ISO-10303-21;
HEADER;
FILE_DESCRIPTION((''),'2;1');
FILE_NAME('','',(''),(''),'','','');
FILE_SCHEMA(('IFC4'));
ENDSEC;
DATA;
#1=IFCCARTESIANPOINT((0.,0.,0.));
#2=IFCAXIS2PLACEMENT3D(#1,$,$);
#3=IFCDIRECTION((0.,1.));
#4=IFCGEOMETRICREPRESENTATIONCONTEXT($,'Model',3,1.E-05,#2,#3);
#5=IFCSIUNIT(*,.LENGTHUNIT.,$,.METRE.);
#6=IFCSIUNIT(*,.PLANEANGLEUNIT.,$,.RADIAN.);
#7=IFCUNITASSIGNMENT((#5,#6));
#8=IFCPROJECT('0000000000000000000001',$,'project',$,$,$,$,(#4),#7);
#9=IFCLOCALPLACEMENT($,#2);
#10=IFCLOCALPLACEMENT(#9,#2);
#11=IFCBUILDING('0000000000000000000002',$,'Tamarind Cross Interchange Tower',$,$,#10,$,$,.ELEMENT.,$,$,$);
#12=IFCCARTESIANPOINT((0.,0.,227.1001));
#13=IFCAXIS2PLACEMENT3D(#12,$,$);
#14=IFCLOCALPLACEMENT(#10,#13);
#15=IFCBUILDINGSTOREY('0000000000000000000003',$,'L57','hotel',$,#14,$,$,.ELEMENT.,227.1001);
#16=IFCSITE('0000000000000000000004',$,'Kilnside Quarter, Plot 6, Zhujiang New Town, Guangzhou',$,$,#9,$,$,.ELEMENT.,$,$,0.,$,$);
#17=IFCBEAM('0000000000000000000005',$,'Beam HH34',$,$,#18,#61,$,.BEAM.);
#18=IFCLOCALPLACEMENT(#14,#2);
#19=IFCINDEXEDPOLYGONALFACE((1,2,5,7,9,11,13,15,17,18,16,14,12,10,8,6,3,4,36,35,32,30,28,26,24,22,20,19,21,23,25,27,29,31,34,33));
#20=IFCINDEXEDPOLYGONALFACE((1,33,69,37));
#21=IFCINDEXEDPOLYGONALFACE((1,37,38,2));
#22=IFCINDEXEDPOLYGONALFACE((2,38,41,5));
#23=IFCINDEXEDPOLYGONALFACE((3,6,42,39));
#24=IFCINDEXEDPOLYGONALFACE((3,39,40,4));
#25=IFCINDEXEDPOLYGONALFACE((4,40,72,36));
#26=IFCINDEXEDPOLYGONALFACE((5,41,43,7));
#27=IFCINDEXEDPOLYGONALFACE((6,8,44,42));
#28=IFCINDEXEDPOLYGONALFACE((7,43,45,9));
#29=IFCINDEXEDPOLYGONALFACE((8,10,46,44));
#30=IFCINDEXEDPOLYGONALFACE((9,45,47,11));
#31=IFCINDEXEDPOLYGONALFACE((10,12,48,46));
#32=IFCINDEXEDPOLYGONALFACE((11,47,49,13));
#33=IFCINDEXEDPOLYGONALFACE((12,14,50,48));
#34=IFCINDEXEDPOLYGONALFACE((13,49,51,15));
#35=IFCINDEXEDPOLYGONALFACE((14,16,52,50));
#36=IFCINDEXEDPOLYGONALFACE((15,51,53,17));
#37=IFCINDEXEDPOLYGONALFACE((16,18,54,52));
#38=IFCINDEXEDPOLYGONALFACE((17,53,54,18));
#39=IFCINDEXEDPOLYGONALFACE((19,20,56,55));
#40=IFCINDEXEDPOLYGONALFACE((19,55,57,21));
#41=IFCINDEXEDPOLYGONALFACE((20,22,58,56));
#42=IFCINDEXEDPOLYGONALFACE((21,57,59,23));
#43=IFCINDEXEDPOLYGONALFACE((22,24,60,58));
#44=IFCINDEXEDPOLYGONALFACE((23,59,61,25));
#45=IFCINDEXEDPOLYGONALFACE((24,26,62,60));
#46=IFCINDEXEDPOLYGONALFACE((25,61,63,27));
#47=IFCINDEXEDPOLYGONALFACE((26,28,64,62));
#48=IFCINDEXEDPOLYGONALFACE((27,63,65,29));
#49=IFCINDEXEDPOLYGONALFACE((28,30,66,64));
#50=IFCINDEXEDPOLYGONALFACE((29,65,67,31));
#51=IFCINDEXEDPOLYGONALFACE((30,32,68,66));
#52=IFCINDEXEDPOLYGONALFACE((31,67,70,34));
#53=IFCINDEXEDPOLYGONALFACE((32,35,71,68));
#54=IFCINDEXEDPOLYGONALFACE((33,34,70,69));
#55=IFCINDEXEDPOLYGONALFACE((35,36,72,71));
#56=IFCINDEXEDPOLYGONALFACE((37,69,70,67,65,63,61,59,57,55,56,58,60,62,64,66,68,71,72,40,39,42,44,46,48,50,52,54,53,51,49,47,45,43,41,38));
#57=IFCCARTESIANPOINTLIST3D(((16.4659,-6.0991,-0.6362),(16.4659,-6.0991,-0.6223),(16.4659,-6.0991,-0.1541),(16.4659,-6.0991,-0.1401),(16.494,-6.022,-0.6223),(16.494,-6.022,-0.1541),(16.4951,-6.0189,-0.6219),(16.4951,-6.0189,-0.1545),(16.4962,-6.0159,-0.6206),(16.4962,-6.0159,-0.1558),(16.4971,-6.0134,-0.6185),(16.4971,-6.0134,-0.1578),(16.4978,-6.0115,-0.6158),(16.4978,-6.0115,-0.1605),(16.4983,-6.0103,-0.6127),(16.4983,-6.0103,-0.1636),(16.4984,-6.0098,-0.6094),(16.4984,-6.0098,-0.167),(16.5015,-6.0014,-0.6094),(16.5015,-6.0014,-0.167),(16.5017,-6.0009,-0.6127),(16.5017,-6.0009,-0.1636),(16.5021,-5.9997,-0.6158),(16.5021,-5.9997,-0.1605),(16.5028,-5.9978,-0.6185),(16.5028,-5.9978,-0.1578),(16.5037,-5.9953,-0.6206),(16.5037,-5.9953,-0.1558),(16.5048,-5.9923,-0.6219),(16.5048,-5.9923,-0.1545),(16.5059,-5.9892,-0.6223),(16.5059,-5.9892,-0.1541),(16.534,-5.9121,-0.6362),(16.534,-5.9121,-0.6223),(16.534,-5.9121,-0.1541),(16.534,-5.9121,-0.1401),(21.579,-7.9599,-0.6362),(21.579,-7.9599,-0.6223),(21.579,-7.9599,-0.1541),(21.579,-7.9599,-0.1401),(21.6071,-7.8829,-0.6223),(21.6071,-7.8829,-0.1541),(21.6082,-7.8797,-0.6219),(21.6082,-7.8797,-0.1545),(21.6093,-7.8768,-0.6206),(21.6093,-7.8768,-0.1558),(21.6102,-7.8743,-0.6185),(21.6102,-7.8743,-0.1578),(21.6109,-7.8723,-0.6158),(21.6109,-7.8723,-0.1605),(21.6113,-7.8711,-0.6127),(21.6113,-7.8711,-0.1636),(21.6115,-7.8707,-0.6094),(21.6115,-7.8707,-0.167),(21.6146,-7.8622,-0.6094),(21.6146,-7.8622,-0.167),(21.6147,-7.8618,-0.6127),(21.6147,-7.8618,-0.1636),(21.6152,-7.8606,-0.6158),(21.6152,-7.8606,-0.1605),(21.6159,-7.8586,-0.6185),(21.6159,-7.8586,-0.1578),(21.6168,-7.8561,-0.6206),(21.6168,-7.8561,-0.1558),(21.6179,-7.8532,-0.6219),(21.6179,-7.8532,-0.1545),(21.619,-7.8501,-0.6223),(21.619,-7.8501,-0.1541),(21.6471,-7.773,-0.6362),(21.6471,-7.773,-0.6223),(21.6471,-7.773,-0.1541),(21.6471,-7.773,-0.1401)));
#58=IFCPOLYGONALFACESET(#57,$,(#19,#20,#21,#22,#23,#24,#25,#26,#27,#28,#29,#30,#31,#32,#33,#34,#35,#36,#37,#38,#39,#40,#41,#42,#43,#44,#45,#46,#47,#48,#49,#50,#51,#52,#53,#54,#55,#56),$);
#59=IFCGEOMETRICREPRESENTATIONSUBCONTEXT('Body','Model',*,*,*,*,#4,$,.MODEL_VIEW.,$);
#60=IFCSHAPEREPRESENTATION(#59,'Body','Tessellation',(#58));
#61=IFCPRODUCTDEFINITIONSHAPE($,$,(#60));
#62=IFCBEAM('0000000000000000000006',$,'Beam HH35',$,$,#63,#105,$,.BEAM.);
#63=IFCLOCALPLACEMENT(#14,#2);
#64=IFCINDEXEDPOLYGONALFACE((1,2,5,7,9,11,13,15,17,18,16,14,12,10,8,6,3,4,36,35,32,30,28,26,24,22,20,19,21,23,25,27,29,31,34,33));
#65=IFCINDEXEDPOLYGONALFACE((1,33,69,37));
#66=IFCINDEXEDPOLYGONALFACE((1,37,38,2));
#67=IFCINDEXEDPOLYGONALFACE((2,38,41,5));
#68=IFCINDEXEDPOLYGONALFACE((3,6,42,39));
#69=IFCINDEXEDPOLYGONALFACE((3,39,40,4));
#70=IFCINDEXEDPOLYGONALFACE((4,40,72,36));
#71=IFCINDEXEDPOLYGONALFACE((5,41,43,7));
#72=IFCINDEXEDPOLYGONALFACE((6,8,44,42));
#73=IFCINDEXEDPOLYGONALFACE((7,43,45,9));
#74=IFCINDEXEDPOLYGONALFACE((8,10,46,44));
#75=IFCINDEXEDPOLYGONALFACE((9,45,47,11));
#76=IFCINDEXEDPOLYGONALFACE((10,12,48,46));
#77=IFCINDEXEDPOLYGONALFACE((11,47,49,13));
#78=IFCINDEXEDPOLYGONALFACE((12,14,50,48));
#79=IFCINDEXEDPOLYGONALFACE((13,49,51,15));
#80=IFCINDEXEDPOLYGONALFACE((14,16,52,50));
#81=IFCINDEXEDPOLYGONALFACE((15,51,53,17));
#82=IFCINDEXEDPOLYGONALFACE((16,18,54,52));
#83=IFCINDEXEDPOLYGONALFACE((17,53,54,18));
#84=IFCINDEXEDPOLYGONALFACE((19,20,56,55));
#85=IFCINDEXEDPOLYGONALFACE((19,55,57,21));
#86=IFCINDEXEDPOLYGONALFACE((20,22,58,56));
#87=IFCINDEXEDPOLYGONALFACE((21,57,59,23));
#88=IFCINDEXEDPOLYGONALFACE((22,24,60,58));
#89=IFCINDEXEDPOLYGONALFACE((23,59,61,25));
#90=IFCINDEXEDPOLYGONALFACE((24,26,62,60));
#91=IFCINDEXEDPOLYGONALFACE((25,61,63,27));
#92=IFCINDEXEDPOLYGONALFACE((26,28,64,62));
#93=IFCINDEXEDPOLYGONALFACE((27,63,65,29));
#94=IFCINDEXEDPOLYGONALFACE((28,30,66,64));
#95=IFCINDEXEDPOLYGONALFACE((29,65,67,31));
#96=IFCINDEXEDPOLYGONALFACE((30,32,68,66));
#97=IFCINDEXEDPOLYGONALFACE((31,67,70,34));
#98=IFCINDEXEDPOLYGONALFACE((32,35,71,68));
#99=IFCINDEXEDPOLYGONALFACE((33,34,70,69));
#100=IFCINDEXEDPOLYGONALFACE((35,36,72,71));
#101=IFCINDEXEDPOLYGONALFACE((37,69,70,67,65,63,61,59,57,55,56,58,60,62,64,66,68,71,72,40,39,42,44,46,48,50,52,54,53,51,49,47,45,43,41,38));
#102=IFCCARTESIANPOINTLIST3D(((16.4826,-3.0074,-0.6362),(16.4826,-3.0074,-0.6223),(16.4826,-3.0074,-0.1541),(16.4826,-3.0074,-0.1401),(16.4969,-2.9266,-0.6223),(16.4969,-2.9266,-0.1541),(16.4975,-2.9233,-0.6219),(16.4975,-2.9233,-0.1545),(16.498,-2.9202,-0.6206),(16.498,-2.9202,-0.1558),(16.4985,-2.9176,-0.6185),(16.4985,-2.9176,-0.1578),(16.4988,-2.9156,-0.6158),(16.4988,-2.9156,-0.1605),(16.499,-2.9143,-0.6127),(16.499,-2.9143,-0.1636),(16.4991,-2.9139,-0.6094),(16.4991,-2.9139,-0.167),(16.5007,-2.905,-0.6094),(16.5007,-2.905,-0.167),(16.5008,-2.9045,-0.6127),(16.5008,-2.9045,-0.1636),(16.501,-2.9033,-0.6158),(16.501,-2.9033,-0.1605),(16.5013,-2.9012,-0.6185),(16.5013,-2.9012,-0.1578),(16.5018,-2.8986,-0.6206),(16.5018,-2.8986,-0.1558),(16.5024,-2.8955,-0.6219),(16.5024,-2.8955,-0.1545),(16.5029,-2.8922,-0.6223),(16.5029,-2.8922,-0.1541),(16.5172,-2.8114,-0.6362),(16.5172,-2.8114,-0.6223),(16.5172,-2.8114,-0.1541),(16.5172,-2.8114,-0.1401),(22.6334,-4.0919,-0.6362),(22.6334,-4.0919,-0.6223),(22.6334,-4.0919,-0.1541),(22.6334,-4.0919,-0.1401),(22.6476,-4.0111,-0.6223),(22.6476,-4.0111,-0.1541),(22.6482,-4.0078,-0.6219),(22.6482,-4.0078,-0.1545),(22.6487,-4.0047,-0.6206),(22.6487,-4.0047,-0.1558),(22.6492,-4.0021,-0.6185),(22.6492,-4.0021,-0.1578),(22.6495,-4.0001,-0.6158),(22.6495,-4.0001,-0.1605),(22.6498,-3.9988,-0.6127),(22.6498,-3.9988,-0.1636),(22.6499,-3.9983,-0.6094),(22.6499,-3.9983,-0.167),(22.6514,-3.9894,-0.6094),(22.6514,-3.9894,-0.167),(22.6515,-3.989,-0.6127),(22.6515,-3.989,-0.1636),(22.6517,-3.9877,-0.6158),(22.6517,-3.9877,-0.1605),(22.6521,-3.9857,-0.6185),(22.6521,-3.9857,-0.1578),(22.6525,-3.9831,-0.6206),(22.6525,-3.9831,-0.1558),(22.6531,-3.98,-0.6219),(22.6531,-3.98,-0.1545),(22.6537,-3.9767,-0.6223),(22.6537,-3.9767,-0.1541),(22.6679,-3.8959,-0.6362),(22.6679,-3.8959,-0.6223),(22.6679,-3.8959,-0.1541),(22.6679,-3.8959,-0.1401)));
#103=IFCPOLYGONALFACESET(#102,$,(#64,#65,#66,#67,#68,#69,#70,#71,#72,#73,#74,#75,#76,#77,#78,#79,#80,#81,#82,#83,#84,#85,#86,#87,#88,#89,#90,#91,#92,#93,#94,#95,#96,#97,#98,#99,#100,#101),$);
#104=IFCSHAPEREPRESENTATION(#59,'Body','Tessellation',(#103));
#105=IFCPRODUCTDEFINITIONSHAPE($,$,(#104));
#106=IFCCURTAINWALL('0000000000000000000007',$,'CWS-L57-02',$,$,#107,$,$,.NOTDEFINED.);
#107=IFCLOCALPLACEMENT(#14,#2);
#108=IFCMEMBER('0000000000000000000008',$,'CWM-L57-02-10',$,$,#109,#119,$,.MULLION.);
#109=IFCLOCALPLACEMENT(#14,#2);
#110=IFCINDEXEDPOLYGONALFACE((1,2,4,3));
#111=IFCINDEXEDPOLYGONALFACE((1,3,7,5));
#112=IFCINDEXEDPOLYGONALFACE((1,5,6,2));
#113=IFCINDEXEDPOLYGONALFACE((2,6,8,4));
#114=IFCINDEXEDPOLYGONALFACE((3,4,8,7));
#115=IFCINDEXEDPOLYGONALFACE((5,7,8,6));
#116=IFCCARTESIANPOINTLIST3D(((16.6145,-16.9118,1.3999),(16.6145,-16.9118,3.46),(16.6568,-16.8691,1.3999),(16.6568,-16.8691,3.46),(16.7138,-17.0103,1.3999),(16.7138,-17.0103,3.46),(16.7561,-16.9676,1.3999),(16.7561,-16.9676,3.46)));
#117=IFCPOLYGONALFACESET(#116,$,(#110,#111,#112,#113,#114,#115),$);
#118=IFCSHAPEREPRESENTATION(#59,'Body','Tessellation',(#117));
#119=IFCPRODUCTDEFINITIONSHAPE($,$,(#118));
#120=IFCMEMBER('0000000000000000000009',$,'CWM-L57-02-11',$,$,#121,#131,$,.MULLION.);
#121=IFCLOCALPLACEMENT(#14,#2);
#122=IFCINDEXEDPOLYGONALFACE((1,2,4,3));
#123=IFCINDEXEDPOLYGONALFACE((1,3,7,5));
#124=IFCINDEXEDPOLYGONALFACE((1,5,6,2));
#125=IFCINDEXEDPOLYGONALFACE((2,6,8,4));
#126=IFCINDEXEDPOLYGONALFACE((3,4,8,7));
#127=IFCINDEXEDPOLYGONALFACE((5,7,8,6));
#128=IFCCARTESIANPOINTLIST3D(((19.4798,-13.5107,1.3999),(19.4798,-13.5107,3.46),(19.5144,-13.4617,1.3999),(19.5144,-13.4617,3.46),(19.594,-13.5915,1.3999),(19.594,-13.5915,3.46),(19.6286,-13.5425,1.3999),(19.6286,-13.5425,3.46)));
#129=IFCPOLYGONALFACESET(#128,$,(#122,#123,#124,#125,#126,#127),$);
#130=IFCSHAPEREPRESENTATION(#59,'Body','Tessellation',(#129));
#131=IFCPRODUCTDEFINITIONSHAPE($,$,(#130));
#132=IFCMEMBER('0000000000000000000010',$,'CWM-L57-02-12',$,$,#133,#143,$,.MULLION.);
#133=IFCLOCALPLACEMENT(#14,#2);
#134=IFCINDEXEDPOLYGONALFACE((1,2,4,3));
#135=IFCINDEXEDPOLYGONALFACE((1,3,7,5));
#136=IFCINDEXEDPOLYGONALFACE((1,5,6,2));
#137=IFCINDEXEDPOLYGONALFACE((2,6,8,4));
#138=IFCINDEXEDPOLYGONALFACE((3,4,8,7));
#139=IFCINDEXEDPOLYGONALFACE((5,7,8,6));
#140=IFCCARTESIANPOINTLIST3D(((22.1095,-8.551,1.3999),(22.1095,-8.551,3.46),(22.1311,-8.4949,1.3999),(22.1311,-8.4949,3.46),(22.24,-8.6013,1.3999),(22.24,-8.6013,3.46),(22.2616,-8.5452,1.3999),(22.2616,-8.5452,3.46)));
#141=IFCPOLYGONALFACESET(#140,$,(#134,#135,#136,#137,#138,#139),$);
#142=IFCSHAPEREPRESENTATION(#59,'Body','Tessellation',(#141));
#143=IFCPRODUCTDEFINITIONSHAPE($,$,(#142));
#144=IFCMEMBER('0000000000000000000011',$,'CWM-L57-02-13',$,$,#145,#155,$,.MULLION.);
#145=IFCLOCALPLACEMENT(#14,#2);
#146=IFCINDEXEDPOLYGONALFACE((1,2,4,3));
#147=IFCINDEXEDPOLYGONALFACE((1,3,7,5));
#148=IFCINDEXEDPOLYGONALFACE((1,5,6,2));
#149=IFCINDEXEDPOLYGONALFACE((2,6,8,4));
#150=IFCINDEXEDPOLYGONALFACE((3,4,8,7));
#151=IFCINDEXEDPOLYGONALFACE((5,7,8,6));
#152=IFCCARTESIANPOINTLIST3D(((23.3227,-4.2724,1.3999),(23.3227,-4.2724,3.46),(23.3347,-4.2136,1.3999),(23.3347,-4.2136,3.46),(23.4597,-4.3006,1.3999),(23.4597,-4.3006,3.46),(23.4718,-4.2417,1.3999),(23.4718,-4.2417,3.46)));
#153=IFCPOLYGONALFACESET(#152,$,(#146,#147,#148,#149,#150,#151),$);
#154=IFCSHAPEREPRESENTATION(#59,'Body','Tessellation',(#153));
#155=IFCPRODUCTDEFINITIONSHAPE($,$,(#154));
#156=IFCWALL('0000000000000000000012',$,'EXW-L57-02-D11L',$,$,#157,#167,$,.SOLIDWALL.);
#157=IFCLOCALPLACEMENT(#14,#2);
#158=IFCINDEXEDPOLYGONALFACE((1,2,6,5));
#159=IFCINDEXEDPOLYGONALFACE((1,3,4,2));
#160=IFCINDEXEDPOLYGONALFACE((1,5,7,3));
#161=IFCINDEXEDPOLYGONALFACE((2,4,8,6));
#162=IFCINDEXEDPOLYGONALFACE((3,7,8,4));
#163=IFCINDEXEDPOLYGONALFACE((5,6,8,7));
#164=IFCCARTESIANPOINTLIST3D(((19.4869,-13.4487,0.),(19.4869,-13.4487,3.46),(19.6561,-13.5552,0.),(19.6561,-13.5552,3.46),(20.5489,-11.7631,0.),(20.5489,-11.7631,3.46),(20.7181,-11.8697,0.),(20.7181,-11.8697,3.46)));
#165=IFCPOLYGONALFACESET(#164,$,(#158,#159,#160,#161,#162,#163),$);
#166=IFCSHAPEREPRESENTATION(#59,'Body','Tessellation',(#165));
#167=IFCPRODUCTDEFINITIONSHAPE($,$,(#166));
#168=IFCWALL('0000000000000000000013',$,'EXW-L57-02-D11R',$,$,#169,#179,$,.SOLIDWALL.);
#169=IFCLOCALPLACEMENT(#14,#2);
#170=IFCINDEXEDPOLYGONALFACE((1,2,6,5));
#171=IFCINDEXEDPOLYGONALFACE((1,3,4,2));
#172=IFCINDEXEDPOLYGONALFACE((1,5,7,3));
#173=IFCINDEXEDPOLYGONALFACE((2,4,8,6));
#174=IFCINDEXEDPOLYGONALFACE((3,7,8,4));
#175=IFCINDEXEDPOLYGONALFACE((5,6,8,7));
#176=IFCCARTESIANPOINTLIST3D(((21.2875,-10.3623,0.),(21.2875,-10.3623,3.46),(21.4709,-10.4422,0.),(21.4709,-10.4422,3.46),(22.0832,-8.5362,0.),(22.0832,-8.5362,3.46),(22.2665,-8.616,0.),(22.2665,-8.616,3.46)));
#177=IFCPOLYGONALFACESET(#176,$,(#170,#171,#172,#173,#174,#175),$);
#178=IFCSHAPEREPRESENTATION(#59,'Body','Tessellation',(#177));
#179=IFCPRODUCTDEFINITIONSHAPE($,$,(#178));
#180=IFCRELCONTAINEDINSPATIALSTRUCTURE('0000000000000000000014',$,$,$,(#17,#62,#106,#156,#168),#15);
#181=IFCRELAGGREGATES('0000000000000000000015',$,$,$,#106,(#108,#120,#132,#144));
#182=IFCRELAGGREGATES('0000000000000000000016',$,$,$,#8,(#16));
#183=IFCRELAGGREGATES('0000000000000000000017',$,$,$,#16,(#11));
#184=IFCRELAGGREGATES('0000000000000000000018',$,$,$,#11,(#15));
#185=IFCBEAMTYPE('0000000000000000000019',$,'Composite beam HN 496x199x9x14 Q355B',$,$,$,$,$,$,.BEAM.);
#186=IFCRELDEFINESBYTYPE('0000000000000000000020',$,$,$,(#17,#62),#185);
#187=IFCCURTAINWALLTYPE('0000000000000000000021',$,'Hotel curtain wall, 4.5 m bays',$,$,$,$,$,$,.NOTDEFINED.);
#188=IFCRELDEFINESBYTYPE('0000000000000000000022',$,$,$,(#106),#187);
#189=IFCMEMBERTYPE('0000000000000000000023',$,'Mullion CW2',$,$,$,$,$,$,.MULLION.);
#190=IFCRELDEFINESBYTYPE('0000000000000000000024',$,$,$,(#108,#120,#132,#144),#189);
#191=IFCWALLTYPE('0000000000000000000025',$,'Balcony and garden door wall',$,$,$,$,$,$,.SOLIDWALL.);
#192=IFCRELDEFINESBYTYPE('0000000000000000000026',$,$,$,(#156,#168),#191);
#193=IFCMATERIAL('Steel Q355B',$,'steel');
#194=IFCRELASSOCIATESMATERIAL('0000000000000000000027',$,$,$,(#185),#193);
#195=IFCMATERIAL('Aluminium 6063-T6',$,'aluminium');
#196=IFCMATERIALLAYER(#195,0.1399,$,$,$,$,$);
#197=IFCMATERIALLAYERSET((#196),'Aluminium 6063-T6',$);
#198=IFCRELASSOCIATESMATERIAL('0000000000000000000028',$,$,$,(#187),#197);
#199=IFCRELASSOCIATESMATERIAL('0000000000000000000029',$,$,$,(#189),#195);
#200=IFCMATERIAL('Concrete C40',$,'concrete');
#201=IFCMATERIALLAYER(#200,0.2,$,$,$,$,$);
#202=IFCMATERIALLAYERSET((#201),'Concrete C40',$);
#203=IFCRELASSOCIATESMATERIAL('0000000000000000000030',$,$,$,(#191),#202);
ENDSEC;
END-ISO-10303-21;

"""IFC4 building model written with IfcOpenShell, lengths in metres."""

from ifc_helpers import new_model, si_unit, direction, frame, frame_2d, origin, origin_2d, place, context, subcontext, project, spatial, rectangle, i_section, extrude, material, layer, layer_set, material_profile, profile_set, type_object, element, aggregate, save


model = new_model("IFC4")

# Units and contexts
model_context = context("Model", 3, precision=1e-05, world=origin(), true_north=direction((0.0, 1.0)))
body_context = subcontext(model_context, "Body", "Model", "MODEL_VIEW")
ifc_project = project(units=[si_unit("LENGTHUNIT", "METRE"), si_unit("PLANEANGLEUNIT", "RADIAN")], contexts=[model_context])

# Site, building, storey
site_placement = place(None, origin())
site = spatial("IfcSite", under=ifc_project, at=site_placement, Name="Kilnside Quarter, Plot 6, Zhujiang New Town, Guangzhou", CompositionType="ELEMENT", RefElevation=0.0)
building_placement = place(site_placement, origin())
building = spatial("IfcBuilding", under=site, at=building_placement, Name="Tamarind Cross Interchange Tower", CompositionType="ELEMENT")
storey_placement = place(building_placement, frame((0.0, 0.0, 227.1001)))
storey = spatial("IfcBuildingStorey", under=building, at=storey_placement, Name="L57", Description="hotel", CompositionType="ELEMENT", Elevation=227.1001)

# Beams
ifc_material_1 = material(Name="Steel Q355B", Category="steel")
ifc_material_profile_1 = material_profile(ifc_material_1, i_section(OverallWidth=0.199, OverallDepth=0.4961, WebThickness=0.009, FlangeThickness=0.0139, FilletRadius=0.0129, at=origin_2d()), Name="HN 496x199x9x14")
ifc_profile_set_1 = profile_set([ifc_material_profile_1], Name="Steel Q355B")
beam_type = type_object("IfcBeamType", Name="Composite beam HN 496x199x9x14 Q355B", PredefinedType="BEAM", material=ifc_profile_set_1)
beam_1_placement = place(storey_placement, frame((21.613, -7.8665, -0.3882), z_axis=(-0.939702, 0.341995, 0.0), x_axis=(-0.341995, -0.939702, 0.0)))
element("IfcBeam", 1, at=beam_1_placement, inside=storey, type_object=beam_type, Name="Beam HH34", PredefinedType="BEAM", context=body_context, shape_type="SweptSolid", body=[
    extrude(i_section(OverallWidth=0.199, OverallDepth=0.4961, WebThickness=0.009, FlangeThickness=0.0139, FilletRadius=0.0129, at=origin_2d()), origin(), (0.0, 0.0, 1.0), 5.4412),
])
beam_2_placement = place(storey_placement, frame((22.6506, -3.9939, -0.3882), z_axis=(-0.984809, 0.17364, 0.0), x_axis=(-0.17364, -0.984809, 0.0)))
element("IfcBeam", 2, at=beam_2_placement, inside=storey, type_object=beam_type, Name="Beam HH35", PredefinedType="BEAM", context=body_context, shape_type="SweptSolid", body=[
    extrude(i_section(OverallWidth=0.199, OverallDepth=0.4961, WebThickness=0.009, FlangeThickness=0.0139, FilletRadius=0.0129, at=origin_2d()), origin(), (0.0, 0.0, 1.0), 6.2456),
])

# Curtain wall, members
ifc_material_2 = material(Name="Aluminium 6063-T6", Category="aluminium")
ifc_layer_1 = layer(ifc_material_2, 0.1399)
ifc_layer_set_1 = layer_set([ifc_layer_1], Name="Aluminium 6063-T6")
curtain_wall_type = type_object("IfcCurtainWallType", Name="Hotel curtain wall, 4.5 m bays", PredefinedType="NOTDEFINED", material=ifc_layer_set_1)
curtain_wall_placement = place(storey_placement, origin())
curtain_wall = element("IfcCurtainWall", 3, at=curtain_wall_placement, inside=storey, type_object=curtain_wall_type, Name="CWS-L57-02", PredefinedType="NOTDEFINED")
ifc_material_profile_2 = material_profile(ifc_material_2, rectangle(XDim=0.0601, YDim=0.1399, at=origin_2d()), Name="Mullion CW2")
ifc_profile_set_2 = profile_set([ifc_material_profile_2], Name="Aluminium 6063-T6")
member_type = type_object("IfcMemberType", Name="Mullion CW2", PredefinedType="MULLION", material=ifc_profile_set_2)
member_1_placement = place(storey_placement, frame((16.6853, -16.9397, 1.3999), z_axis=(0.0, 0.0, 1.0), x_axis=(0.704057, 0.710143, 0.0)))
member_1 = element("IfcMember", 4, at=member_1_placement, type_object=member_type, Name="CWM-L57-02-10", PredefinedType="MULLION", context=body_context, shape_type="SweptSolid", body=[
    extrude(rectangle(XDim=0.0601, YDim=0.1399, at=origin_2d()), origin(), (0.0, 0.0, 1.0), 2.0601),
])
member_2_placement = place(storey_placement, frame((19.5542, -13.5266, 1.3999), z_axis=(0.0, 0.0, 1.0), x_axis=(0.577569, 0.816342, 0.0)))
member_2 = element("IfcMember", 5, at=member_2_placement, type_object=member_type, Name="CWM-L57-02-11", PredefinedType="MULLION", context=body_context, shape_type="SweptSolid", body=[
    extrude(rectangle(XDim=0.0601, YDim=0.1399, at=origin_2d()), origin(), (0.0, 0.0, 1.0), 2.0601),
])
member_3_placement = place(storey_placement, frame((22.1855, -8.5481, 1.3999), z_axis=(0.0, 0.0, 1.0), x_axis=(0.359495, 0.933147, 0.0)))
member_3 = element("IfcMember", 6, at=member_3_placement, type_object=member_type, Name="CWM-L57-02-12", PredefinedType="MULLION", context=body_context, shape_type="SweptSolid", body=[
    extrude(rectangle(XDim=0.0601, YDim=0.1399, at=origin_2d()), origin(), (0.0, 0.0, 1.0), 2.0601),
])
member_4_placement = place(storey_placement, frame((23.3972, -4.2571, 1.3999), z_axis=(0.0, 0.0, 1.0), x_axis=(0.201001, 0.979591, 0.0)))
member_4 = element("IfcMember", 7, at=member_4_placement, type_object=member_type, Name="CWM-L57-02-13", PredefinedType="MULLION", context=body_context, shape_type="SweptSolid", body=[
    extrude(rectangle(XDim=0.0601, YDim=0.1399, at=origin_2d()), origin(), (0.0, 0.0, 1.0), 2.0601),
])
aggregate(curtain_wall, [member_1, member_2, member_3, member_4])

# Walls
ifc_material_3 = material(Name="Concrete C40", Category="concrete")
ifc_layer_2 = layer(ifc_material_3, 0.2)
ifc_layer_set_2 = layer_set([ifc_layer_2], Name="Concrete C40")
wall_type_1 = type_object("IfcWallType", Name="Balcony and garden door wall", PredefinedType="SOLIDWALL", material=ifc_layer_set_2)
wall_1_placement = place(storey_placement, frame((19.5715, -13.502, 0.0), z_axis=(0.0, 0.0, 1.0), x_axis=(0.53308, 0.846065, 0.0)))
element("IfcWall", 8, at=wall_1_placement, inside=storey, type_object=wall_type_1, Name="EXW-L57-02-D11L", PredefinedType="SOLIDWALL", context=body_context, shape_type="SweptSolid", body=[
    extrude(rectangle(XDim=1.9922, YDim=0.2, at=frame_2d((0.9961, 0.0))), origin(), (0.0, 0.0, 1.0), 3.46),
])
wall_2_placement = place(storey_placement, frame((21.3792, -10.4023, 0.0), z_axis=(0.0, 0.0, 1.0), x_axis=(0.39943, 0.916764, 0.0)))
element("IfcWall", 9, at=wall_2_placement, inside=storey, type_object=wall_type_1, Name="EXW-L57-02-D11R", PredefinedType="SOLIDWALL", context=body_context, shape_type="SweptSolid", body=[
    extrude(rectangle(XDim=1.9919, YDim=0.2, at=frame_2d((0.9961, 0.0))), origin(), (0.0, 0.0, 1.0), 3.46),
])

save(model, "model.ifc")
